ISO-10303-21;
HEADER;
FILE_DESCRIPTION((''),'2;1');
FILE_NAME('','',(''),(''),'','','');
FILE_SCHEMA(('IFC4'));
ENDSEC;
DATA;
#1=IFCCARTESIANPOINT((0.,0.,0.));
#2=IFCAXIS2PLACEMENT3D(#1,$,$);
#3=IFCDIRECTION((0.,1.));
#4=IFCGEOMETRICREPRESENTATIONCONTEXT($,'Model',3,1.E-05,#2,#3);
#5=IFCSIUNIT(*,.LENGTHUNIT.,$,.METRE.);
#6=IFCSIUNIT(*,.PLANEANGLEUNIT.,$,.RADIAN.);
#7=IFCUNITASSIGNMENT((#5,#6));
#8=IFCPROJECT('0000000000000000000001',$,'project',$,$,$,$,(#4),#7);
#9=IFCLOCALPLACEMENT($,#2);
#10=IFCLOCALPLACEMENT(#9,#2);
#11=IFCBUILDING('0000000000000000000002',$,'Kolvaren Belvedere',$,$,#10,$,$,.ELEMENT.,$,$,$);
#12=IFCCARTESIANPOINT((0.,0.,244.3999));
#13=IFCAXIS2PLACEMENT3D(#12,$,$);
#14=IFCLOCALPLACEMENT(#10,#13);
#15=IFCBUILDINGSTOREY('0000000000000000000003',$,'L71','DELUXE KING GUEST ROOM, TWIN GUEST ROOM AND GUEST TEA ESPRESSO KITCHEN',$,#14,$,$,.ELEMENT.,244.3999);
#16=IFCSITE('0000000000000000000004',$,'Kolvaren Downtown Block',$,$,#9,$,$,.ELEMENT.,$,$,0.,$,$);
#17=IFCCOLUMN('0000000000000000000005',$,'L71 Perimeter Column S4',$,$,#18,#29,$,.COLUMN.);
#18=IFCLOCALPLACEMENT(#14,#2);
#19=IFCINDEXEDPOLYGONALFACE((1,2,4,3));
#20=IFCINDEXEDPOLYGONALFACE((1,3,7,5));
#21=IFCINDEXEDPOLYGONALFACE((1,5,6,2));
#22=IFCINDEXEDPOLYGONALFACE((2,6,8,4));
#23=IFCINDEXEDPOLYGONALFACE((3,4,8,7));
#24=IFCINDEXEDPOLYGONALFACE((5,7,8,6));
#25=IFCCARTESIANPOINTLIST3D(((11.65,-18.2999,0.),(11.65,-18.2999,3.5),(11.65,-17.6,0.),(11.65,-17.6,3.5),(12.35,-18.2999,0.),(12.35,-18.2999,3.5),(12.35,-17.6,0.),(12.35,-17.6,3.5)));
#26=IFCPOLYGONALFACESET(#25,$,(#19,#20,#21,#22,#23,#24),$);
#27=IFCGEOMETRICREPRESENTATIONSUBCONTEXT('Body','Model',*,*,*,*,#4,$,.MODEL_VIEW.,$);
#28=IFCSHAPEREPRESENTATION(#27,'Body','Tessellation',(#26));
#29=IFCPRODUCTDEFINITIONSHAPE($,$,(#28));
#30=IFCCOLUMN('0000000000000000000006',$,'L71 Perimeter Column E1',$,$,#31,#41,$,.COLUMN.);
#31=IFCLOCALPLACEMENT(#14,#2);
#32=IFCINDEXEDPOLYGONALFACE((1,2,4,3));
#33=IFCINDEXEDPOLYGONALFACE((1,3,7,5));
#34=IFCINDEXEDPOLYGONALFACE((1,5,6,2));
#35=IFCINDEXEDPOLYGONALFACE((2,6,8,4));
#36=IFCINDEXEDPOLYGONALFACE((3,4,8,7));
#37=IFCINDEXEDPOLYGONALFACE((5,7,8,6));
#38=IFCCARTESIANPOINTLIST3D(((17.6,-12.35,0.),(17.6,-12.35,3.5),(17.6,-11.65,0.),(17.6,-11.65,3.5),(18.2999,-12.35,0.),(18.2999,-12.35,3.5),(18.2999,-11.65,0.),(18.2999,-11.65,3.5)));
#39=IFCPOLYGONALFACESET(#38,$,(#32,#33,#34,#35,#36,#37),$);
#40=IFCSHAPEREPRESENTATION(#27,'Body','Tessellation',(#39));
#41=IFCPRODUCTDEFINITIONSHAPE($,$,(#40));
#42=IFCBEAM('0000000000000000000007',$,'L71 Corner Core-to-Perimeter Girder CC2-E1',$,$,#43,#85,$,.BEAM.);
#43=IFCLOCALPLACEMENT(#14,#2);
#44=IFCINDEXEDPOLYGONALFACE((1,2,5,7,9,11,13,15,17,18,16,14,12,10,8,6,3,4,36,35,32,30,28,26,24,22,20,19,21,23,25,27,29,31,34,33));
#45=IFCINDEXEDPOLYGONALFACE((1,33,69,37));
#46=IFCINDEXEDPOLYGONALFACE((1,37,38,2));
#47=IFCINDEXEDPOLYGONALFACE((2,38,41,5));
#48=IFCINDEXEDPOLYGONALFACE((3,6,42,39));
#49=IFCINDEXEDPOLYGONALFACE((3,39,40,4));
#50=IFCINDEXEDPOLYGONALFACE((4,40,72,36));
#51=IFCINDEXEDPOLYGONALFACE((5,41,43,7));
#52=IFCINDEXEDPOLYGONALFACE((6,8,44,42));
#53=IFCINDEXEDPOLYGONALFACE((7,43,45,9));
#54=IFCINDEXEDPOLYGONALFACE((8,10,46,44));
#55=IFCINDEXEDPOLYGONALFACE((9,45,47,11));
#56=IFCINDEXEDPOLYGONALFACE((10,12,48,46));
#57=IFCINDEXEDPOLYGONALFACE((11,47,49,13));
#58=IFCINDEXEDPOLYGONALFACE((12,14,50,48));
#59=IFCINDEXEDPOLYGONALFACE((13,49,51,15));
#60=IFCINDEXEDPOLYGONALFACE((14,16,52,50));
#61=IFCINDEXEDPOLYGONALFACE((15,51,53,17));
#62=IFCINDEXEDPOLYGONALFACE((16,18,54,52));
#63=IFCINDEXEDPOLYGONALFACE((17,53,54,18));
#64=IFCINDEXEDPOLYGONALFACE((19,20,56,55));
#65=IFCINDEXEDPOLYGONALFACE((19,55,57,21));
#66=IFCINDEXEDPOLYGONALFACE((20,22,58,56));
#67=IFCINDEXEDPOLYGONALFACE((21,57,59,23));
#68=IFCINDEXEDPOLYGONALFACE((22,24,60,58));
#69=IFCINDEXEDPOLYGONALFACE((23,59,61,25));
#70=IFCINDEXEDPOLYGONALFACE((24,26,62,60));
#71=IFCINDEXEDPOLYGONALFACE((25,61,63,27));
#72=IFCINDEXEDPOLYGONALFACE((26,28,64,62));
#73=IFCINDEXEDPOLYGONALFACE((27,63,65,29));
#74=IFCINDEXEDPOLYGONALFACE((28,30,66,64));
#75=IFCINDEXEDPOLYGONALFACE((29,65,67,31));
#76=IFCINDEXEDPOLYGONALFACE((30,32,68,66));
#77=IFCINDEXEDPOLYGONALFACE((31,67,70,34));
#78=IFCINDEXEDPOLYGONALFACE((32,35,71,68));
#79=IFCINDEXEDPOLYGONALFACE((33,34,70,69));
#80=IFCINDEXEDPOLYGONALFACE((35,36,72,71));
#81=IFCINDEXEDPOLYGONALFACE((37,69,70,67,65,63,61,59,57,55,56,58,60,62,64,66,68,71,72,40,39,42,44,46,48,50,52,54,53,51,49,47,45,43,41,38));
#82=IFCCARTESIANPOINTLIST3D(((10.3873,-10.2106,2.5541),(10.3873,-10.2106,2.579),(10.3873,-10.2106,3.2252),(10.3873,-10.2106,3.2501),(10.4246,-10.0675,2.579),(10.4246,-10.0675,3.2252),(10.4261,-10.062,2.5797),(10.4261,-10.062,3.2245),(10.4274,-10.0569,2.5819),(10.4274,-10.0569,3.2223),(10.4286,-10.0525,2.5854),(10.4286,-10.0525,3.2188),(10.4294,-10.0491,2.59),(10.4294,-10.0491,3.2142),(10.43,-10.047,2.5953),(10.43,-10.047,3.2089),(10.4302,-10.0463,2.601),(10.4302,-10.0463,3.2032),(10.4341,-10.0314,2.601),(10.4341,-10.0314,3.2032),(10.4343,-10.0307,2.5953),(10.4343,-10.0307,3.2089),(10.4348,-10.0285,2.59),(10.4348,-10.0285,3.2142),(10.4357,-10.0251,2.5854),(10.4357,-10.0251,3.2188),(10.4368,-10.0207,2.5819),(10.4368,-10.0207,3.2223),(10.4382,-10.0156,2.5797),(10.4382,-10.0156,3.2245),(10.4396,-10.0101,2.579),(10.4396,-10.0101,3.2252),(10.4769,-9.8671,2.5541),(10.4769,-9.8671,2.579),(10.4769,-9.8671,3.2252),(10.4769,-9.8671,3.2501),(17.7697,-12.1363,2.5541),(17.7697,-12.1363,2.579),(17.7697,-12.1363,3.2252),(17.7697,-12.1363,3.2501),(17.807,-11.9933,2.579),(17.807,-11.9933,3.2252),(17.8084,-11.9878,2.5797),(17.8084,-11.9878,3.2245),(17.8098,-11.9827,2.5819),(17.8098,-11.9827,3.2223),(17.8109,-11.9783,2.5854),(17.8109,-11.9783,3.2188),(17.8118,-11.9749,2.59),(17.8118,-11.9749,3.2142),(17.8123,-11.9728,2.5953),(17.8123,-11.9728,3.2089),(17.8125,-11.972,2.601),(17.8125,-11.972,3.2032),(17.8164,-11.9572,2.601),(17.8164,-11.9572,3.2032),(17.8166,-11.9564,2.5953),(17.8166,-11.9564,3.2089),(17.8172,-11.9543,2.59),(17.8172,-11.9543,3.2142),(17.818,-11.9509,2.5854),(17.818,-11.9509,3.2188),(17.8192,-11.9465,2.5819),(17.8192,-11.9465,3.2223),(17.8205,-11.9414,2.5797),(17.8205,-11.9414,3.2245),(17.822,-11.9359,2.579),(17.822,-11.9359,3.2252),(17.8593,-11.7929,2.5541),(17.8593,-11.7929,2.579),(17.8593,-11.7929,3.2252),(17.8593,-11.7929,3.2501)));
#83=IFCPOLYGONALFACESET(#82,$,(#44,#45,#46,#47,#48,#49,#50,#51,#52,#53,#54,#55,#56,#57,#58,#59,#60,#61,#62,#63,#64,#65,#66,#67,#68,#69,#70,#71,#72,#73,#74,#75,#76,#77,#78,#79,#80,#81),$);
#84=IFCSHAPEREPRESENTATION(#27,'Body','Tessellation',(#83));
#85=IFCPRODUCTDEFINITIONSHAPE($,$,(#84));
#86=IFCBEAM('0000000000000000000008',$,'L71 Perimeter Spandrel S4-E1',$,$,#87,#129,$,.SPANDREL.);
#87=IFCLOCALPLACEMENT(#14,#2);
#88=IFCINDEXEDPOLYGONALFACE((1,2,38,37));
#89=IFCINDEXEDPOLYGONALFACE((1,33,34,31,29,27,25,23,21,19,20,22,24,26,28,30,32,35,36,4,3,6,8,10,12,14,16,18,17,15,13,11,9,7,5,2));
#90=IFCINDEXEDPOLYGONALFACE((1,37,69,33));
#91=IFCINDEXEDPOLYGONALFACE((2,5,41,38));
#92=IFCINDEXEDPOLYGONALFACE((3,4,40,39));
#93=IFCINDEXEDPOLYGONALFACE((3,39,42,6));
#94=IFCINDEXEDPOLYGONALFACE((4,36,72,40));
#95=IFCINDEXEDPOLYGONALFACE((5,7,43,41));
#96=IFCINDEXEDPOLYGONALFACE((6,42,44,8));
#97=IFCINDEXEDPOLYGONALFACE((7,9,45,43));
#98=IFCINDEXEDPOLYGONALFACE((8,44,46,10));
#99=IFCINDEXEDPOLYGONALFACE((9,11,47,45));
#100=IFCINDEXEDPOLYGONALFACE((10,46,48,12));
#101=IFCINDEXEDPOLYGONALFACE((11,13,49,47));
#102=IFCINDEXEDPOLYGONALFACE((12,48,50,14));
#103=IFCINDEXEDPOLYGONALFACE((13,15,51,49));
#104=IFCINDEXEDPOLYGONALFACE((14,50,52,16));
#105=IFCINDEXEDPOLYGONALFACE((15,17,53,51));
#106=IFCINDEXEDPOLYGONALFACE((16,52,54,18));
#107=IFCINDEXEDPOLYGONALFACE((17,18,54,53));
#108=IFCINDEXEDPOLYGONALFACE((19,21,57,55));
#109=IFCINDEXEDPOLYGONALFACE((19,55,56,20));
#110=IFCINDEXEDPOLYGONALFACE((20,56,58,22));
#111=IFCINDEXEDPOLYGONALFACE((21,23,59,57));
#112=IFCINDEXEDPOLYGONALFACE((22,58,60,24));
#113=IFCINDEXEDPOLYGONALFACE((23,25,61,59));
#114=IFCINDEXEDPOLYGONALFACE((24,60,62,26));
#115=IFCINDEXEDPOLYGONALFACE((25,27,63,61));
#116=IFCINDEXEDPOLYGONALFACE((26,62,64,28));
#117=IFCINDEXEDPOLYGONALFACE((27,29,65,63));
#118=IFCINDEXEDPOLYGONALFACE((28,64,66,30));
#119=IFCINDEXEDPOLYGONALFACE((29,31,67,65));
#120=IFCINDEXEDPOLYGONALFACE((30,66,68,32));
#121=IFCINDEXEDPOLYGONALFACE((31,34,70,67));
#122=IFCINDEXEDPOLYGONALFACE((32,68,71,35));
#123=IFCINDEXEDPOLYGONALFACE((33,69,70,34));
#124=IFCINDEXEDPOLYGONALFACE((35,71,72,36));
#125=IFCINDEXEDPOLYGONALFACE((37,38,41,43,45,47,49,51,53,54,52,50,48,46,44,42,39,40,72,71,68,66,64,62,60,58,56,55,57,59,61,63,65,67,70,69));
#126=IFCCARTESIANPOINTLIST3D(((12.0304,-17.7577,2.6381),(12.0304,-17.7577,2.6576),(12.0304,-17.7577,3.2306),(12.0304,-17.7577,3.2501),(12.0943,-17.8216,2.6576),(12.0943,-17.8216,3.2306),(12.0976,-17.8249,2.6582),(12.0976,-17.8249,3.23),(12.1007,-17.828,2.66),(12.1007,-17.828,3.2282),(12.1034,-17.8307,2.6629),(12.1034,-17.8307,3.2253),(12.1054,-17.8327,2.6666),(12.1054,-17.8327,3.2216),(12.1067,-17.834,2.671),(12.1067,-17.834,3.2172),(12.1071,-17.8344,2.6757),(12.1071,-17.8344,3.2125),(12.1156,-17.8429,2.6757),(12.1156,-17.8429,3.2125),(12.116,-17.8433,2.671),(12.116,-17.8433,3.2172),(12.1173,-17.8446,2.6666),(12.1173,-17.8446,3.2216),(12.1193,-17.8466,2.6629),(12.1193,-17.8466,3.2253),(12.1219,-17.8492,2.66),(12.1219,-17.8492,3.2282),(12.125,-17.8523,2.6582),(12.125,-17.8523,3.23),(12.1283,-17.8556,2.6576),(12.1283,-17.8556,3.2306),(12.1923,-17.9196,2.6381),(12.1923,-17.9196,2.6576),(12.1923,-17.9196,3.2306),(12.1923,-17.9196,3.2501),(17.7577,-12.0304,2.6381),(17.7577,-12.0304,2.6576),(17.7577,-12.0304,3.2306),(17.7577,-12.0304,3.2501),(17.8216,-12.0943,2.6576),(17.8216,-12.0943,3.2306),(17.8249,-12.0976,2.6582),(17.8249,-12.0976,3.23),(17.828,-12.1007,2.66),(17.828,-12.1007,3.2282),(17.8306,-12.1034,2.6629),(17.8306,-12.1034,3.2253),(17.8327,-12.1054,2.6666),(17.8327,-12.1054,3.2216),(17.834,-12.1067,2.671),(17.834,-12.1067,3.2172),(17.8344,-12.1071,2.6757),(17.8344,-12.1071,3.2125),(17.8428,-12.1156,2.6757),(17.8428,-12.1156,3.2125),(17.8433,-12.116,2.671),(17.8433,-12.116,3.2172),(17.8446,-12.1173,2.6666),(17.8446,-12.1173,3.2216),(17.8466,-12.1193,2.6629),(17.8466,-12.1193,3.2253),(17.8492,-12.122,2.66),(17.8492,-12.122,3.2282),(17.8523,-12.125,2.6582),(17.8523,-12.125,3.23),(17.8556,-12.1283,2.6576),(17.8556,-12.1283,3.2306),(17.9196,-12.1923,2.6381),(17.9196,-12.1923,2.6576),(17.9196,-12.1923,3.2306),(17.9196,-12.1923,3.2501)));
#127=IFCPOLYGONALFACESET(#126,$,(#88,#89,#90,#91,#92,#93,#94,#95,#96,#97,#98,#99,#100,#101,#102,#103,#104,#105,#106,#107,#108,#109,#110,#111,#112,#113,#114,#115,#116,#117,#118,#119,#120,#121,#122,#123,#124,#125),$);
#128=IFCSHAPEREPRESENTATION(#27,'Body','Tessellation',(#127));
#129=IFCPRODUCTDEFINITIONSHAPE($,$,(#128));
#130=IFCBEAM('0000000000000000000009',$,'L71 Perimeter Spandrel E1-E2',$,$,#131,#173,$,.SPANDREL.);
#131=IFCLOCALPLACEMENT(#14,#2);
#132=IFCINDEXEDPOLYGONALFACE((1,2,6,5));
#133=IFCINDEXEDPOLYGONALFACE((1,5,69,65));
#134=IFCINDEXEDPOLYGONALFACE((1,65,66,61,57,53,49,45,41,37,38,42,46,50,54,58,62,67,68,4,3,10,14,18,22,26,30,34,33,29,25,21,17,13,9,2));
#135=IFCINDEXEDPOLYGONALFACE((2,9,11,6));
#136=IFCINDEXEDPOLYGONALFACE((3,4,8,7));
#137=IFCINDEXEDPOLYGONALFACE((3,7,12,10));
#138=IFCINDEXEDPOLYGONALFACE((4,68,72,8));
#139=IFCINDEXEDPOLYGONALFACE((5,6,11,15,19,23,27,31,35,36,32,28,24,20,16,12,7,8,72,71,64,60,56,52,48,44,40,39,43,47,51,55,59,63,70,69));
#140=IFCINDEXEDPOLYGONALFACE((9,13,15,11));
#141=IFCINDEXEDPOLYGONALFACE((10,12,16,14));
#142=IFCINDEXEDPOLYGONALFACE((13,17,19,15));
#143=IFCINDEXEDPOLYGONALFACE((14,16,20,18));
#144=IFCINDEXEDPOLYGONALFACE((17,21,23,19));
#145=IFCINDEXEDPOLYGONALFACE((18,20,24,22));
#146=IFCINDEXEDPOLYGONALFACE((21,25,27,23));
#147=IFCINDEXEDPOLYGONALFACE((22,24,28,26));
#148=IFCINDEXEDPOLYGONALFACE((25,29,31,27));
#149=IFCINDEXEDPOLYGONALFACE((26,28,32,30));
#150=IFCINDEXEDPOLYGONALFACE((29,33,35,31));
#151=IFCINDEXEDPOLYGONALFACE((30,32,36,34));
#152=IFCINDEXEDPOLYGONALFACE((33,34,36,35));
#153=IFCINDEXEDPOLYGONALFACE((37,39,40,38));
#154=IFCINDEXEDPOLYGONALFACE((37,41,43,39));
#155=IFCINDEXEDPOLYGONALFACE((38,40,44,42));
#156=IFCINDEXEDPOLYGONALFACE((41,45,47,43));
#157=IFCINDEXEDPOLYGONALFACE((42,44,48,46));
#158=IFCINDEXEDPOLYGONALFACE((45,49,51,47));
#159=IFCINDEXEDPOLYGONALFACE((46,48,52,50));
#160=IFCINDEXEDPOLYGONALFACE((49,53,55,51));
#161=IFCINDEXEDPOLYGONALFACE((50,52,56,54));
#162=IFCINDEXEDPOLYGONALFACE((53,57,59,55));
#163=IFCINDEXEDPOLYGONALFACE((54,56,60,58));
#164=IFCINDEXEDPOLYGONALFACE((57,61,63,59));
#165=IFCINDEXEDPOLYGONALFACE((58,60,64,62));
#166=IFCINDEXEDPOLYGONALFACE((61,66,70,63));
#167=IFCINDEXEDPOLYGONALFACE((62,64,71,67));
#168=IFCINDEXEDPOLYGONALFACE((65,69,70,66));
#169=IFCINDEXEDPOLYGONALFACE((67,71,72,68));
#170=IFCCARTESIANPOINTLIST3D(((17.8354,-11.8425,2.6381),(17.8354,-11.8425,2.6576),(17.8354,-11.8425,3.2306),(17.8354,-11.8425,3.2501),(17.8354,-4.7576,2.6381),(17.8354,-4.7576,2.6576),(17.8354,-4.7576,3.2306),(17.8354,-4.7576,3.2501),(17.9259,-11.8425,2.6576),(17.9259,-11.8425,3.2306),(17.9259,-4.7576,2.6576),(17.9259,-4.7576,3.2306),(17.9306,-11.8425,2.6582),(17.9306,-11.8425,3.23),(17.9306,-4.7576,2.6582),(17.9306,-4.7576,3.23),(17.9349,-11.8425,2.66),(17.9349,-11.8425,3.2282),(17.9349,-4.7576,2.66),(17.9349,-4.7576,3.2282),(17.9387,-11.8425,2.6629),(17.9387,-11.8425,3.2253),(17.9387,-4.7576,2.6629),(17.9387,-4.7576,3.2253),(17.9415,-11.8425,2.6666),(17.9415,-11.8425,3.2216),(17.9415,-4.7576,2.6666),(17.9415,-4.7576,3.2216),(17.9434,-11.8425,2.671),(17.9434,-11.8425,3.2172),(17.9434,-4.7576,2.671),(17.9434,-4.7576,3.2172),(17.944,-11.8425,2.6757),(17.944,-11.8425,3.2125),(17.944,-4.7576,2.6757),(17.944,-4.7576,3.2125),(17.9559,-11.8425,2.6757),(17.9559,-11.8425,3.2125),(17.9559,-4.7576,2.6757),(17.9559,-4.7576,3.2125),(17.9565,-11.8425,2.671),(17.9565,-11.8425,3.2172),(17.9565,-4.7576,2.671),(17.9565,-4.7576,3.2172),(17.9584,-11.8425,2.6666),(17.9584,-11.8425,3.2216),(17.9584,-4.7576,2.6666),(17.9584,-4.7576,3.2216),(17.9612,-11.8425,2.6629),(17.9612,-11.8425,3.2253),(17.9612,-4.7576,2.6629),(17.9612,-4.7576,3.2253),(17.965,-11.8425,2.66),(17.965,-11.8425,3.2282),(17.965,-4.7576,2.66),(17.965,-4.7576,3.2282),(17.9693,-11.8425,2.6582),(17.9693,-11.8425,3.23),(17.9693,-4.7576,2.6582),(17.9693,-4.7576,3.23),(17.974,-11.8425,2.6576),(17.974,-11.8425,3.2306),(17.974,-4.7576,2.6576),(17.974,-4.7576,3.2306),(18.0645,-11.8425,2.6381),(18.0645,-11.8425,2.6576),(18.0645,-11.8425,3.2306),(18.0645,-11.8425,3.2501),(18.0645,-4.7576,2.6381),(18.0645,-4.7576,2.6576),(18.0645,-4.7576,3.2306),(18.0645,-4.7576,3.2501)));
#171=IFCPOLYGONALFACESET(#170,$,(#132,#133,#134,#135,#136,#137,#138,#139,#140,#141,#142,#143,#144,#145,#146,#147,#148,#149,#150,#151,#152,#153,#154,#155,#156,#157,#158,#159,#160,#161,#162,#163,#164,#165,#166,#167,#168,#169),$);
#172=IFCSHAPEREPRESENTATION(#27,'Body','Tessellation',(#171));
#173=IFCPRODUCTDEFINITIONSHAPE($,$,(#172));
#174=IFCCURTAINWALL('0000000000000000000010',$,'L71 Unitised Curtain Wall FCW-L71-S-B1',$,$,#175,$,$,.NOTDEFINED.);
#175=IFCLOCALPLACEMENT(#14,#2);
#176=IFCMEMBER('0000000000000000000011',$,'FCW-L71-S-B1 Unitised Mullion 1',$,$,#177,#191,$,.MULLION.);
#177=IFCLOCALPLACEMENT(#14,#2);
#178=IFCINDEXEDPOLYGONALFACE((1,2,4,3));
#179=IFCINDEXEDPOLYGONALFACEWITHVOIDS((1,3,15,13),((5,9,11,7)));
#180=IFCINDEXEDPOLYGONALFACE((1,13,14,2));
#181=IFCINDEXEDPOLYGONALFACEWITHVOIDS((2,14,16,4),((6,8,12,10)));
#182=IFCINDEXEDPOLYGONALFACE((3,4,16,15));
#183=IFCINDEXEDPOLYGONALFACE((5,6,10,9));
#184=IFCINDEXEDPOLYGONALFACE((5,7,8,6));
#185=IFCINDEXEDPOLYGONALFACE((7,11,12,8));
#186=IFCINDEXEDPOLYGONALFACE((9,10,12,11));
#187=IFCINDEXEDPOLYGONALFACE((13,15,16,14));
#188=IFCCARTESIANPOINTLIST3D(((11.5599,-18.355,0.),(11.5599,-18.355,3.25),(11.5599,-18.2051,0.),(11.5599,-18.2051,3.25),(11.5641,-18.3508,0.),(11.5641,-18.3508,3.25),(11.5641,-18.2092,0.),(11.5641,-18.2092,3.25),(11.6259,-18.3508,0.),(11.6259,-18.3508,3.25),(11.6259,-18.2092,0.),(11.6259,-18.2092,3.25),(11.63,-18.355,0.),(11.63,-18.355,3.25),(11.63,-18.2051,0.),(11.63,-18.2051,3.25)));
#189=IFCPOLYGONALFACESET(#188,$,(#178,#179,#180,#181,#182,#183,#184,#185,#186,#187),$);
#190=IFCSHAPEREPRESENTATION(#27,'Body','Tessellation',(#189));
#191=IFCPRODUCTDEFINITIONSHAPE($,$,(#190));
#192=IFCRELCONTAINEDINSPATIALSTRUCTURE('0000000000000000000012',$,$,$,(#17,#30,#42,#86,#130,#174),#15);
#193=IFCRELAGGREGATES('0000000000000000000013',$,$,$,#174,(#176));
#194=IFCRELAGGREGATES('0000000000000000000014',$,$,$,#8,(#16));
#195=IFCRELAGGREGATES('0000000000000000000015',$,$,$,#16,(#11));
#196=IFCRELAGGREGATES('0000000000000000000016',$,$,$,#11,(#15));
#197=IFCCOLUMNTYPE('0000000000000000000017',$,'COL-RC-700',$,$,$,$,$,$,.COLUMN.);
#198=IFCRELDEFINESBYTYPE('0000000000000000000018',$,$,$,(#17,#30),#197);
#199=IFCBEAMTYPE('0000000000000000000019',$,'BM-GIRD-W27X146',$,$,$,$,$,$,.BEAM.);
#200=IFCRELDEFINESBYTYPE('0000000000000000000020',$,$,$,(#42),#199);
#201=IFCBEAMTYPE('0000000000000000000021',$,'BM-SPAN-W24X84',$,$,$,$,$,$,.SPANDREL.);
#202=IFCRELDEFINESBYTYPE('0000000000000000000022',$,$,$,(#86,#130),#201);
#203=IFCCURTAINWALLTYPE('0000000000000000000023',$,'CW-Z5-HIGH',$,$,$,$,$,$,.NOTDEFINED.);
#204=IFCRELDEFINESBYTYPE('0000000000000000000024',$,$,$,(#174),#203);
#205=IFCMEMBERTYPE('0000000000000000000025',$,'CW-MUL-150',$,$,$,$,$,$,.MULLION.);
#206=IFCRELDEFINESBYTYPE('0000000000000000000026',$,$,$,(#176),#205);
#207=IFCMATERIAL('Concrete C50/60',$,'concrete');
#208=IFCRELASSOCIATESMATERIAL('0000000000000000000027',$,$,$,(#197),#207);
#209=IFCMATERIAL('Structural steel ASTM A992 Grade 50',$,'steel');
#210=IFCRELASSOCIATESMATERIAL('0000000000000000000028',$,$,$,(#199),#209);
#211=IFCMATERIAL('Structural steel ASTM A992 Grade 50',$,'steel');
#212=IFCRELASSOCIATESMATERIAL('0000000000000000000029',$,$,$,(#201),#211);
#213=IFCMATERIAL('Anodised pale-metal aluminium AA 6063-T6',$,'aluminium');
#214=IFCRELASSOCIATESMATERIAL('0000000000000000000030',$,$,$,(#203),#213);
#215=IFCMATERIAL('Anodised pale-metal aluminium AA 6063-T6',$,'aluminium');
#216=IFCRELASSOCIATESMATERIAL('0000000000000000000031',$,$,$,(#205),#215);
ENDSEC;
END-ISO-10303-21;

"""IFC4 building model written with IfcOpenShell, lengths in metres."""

from ifc_helpers import new_model, si_unit, direction, frame, origin, origin_2d, place, context, subcontext, project, spatial, rectangle, hollow_rectangle, i_section, extrude, material, material_profile, profile_set, type_object, element, aggregate, save


model = new_model("IFC4")

# Units and contexts
model_context = context("Model", 3, precision=1e-05, world=origin(), true_north=direction((0.0, 1.0)))
body_context = subcontext(model_context, "Body", "Model", "MODEL_VIEW")
ifc_project = project(units=[si_unit("LENGTHUNIT", "METRE"), si_unit("PLANEANGLEUNIT", "RADIAN")], contexts=[model_context])

# Site, building, storey
site_placement = place(None, origin())
site = spatial("IfcSite", under=ifc_project, at=site_placement, Name="Kolvaren Downtown Block", CompositionType="ELEMENT", RefElevation=0.0)
building_placement = place(site_placement, origin())
building = spatial("IfcBuilding", under=site, at=building_placement, Name="Kolvaren Belvedere", CompositionType="ELEMENT")
storey_placement = place(building_placement, frame((0.0, 0.0, 244.3999)))
storey = spatial("IfcBuildingStorey", under=building, at=storey_placement, Name="L71", Description="DELUXE KING GUEST ROOM, TWIN GUEST ROOM AND GUEST TEA ESPRESSO KITCHEN", CompositionType="ELEMENT", Elevation=244.3999)

# Columns
ifc_material_1 = material(Name="Concrete C50/60", Category="concrete")
ifc_material_profile_1 = material_profile(ifc_material_1, rectangle(XDim=0.7, YDim=0.7, at=origin_2d()), Name="RC 700X700")
ifc_profile_set_1 = profile_set([ifc_material_profile_1], Name="Concrete C50/60")
column_type = type_object("IfcColumnType", Name="COL-RC-700", PredefinedType="COLUMN", material=ifc_profile_set_1)
for number, where, z_axis, x_axis, name in (
    (1, (12.0, -17.95, 0.0), (0.0, 0.0, 1.0), (1.0, 0.0, 0.0), "L71 Perimeter Column S4"),
    (2, (17.95, -12.0, 0.0), (0.0, 0.0, 1.0), (1.0, 0.0, 0.0), "L71 Perimeter Column E1"),
):
    element("IfcColumn", number, at=place(storey_placement, frame(where, z_axis=z_axis, x_axis=x_axis)), inside=storey, type_object=column_type, Name=name, PredefinedType="COLUMN", context=body_context, shape_type="SweptSolid", body=[
        extrude(rectangle(XDim=0.7, YDim=0.7, at=origin_2d()), origin(), (0.0, 0.0, 1.0), 3.5),
    ])

# Beams
ifc_material_2 = material(Name="Structural steel ASTM A992 Grade 50", Category="steel")
ifc_material_profile_2 = material_profile(ifc_material_2, i_section(OverallWidth=0.355, OverallDepth=0.696, WebThickness=0.0154, FlangeThickness=0.0249, FilletRadius=0.022, at=origin_2d()), Name="W27X146")
ifc_profile_set_2 = profile_set([ifc_material_profile_2], Name="Structural steel ASTM A992 Grade 50")
beam_type_1 = type_object("IfcBeamType", Name="BM-GIRD-W27X146", PredefinedType="BEAM", material=ifc_profile_set_2)
beam_1_placement = place(storey_placement, frame((10.4321, -10.0388, 2.9021), z_axis=(0.967619, -0.252417, 0.0), x_axis=(0.252417, 0.967619, 0.0)))
element("IfcBeam", 3, at=beam_1_placement, inside=storey, type_object=beam_type_1, Name="L71 Corner Core-to-Perimeter Girder CC2-E1", PredefinedType="BEAM", context=body_context, shape_type="SweptSolid", body=[
    extrude(i_section(OverallWidth=0.355, OverallDepth=0.696, WebThickness=0.0154, FlangeThickness=0.0249, FilletRadius=0.022, at=origin_2d()), origin(), (0.0, 0.0, 1.0), 7.6294),
])
ifc_material_3 = material(Name="Structural steel ASTM A992 Grade 50", Category="steel")
ifc_material_profile_3 = material_profile(ifc_material_3, i_section(OverallWidth=0.229, OverallDepth=0.6121, WebThickness=0.012, FlangeThickness=0.0195, FilletRadius=0.0181, at=origin_2d()), Name="W24X84")
ifc_profile_set_3 = profile_set([ifc_material_profile_3], Name="Structural steel ASTM A992 Grade 50")
beam_type_2 = type_object("IfcBeamType", Name="BM-SPAN-W24X84", PredefinedType="SPANDREL", material=ifc_profile_set_3)
beam_2_placement = place(storey_placement, frame((12.1113, -17.8386, 2.9441), z_axis=(0.707107, 0.707107, 0.0), x_axis=(-0.707107, 0.707107, 0.0)))
element("IfcBeam", 4, at=beam_2_placement, inside=storey, type_object=beam_type_2, Name="L71 Perimeter Spandrel S4-E1", PredefinedType="SPANDREL", context=body_context, shape_type="SweptSolid", body=[
    extrude(i_section(OverallWidth=0.229, OverallDepth=0.6121, WebThickness=0.012, FlangeThickness=0.0195, FilletRadius=0.0181, at=origin_2d()), origin(), (0.0, 0.0, 1.0), 8.0996),
])
beam_3_placement = place(storey_placement, frame((17.95, -11.8425, 2.9441), z_axis=(0.0, 1.0, 0.0), x_axis=(-1.0, 0.0, 0.0)))
element("IfcBeam", 5, at=beam_3_placement, inside=storey, type_object=beam_type_2, Name="L71 Perimeter Spandrel E1-E2", PredefinedType="SPANDREL", context=body_context, shape_type="SweptSolid", body=[
    extrude(i_section(OverallWidth=0.229, OverallDepth=0.6121, WebThickness=0.012, FlangeThickness=0.0195, FilletRadius=0.0181, at=origin_2d()), origin(), (0.0, 0.0, 1.0), 7.085),
])

# Curtain wall, member
ifc_material_4 = material(Name="Anodised pale-metal aluminium AA 6063-T6", Category="aluminium")
curtain_wall_type = type_object("IfcCurtainWallType", Name="CW-Z5-HIGH", PredefinedType="NOTDEFINED", material=ifc_material_4)
curtain_wall_1_placement = place(storey_placement, origin())
curtain_wall_1 = element("IfcCurtainWall", 6, at=curtain_wall_1_placement, inside=storey, type_object=curtain_wall_type, Name="L71 Unitised Curtain Wall FCW-L71-S-B1", PredefinedType="NOTDEFINED")
ifc_material_5 = material(Name="Anodised pale-metal aluminium AA 6063-T6", Category="aluminium")
ifc_material_profile_4 = material_profile(ifc_material_5, hollow_rectangle(XDim=0.0701, YDim=0.1499, WallThickness=0.0042, at=origin_2d()), Name="ALU-MUL-150X70")
ifc_profile_set_4 = profile_set([ifc_material_profile_4], Name="Anodised pale-metal aluminium AA 6063-T6")
member_type_1 = type_object("IfcMemberType", Name="CW-MUL-150", PredefinedType="MULLION", material=ifc_profile_set_4)
member_1_placement = place(storey_placement, frame((11.595, -18.28, 0.0), z_axis=(0.0, 0.0, 1.0), x_axis=(1.0, 0.0, 0.0)))
member_1 = element("IfcMember", 7, at=member_1_placement, type_object=member_type_1, Name="FCW-L71-S-B1 Unitised Mullion 1", PredefinedType="MULLION", context=body_context, shape_type="SweptSolid", body=[
    extrude(hollow_rectangle(XDim=0.0701, YDim=0.1499, WallThickness=0.0042, at=origin_2d()), origin(), (0.0, 0.0, 1.0), 3.25),
])

aggregate(curtain_wall_1, [member_1])

save(model, "model.ifc")
